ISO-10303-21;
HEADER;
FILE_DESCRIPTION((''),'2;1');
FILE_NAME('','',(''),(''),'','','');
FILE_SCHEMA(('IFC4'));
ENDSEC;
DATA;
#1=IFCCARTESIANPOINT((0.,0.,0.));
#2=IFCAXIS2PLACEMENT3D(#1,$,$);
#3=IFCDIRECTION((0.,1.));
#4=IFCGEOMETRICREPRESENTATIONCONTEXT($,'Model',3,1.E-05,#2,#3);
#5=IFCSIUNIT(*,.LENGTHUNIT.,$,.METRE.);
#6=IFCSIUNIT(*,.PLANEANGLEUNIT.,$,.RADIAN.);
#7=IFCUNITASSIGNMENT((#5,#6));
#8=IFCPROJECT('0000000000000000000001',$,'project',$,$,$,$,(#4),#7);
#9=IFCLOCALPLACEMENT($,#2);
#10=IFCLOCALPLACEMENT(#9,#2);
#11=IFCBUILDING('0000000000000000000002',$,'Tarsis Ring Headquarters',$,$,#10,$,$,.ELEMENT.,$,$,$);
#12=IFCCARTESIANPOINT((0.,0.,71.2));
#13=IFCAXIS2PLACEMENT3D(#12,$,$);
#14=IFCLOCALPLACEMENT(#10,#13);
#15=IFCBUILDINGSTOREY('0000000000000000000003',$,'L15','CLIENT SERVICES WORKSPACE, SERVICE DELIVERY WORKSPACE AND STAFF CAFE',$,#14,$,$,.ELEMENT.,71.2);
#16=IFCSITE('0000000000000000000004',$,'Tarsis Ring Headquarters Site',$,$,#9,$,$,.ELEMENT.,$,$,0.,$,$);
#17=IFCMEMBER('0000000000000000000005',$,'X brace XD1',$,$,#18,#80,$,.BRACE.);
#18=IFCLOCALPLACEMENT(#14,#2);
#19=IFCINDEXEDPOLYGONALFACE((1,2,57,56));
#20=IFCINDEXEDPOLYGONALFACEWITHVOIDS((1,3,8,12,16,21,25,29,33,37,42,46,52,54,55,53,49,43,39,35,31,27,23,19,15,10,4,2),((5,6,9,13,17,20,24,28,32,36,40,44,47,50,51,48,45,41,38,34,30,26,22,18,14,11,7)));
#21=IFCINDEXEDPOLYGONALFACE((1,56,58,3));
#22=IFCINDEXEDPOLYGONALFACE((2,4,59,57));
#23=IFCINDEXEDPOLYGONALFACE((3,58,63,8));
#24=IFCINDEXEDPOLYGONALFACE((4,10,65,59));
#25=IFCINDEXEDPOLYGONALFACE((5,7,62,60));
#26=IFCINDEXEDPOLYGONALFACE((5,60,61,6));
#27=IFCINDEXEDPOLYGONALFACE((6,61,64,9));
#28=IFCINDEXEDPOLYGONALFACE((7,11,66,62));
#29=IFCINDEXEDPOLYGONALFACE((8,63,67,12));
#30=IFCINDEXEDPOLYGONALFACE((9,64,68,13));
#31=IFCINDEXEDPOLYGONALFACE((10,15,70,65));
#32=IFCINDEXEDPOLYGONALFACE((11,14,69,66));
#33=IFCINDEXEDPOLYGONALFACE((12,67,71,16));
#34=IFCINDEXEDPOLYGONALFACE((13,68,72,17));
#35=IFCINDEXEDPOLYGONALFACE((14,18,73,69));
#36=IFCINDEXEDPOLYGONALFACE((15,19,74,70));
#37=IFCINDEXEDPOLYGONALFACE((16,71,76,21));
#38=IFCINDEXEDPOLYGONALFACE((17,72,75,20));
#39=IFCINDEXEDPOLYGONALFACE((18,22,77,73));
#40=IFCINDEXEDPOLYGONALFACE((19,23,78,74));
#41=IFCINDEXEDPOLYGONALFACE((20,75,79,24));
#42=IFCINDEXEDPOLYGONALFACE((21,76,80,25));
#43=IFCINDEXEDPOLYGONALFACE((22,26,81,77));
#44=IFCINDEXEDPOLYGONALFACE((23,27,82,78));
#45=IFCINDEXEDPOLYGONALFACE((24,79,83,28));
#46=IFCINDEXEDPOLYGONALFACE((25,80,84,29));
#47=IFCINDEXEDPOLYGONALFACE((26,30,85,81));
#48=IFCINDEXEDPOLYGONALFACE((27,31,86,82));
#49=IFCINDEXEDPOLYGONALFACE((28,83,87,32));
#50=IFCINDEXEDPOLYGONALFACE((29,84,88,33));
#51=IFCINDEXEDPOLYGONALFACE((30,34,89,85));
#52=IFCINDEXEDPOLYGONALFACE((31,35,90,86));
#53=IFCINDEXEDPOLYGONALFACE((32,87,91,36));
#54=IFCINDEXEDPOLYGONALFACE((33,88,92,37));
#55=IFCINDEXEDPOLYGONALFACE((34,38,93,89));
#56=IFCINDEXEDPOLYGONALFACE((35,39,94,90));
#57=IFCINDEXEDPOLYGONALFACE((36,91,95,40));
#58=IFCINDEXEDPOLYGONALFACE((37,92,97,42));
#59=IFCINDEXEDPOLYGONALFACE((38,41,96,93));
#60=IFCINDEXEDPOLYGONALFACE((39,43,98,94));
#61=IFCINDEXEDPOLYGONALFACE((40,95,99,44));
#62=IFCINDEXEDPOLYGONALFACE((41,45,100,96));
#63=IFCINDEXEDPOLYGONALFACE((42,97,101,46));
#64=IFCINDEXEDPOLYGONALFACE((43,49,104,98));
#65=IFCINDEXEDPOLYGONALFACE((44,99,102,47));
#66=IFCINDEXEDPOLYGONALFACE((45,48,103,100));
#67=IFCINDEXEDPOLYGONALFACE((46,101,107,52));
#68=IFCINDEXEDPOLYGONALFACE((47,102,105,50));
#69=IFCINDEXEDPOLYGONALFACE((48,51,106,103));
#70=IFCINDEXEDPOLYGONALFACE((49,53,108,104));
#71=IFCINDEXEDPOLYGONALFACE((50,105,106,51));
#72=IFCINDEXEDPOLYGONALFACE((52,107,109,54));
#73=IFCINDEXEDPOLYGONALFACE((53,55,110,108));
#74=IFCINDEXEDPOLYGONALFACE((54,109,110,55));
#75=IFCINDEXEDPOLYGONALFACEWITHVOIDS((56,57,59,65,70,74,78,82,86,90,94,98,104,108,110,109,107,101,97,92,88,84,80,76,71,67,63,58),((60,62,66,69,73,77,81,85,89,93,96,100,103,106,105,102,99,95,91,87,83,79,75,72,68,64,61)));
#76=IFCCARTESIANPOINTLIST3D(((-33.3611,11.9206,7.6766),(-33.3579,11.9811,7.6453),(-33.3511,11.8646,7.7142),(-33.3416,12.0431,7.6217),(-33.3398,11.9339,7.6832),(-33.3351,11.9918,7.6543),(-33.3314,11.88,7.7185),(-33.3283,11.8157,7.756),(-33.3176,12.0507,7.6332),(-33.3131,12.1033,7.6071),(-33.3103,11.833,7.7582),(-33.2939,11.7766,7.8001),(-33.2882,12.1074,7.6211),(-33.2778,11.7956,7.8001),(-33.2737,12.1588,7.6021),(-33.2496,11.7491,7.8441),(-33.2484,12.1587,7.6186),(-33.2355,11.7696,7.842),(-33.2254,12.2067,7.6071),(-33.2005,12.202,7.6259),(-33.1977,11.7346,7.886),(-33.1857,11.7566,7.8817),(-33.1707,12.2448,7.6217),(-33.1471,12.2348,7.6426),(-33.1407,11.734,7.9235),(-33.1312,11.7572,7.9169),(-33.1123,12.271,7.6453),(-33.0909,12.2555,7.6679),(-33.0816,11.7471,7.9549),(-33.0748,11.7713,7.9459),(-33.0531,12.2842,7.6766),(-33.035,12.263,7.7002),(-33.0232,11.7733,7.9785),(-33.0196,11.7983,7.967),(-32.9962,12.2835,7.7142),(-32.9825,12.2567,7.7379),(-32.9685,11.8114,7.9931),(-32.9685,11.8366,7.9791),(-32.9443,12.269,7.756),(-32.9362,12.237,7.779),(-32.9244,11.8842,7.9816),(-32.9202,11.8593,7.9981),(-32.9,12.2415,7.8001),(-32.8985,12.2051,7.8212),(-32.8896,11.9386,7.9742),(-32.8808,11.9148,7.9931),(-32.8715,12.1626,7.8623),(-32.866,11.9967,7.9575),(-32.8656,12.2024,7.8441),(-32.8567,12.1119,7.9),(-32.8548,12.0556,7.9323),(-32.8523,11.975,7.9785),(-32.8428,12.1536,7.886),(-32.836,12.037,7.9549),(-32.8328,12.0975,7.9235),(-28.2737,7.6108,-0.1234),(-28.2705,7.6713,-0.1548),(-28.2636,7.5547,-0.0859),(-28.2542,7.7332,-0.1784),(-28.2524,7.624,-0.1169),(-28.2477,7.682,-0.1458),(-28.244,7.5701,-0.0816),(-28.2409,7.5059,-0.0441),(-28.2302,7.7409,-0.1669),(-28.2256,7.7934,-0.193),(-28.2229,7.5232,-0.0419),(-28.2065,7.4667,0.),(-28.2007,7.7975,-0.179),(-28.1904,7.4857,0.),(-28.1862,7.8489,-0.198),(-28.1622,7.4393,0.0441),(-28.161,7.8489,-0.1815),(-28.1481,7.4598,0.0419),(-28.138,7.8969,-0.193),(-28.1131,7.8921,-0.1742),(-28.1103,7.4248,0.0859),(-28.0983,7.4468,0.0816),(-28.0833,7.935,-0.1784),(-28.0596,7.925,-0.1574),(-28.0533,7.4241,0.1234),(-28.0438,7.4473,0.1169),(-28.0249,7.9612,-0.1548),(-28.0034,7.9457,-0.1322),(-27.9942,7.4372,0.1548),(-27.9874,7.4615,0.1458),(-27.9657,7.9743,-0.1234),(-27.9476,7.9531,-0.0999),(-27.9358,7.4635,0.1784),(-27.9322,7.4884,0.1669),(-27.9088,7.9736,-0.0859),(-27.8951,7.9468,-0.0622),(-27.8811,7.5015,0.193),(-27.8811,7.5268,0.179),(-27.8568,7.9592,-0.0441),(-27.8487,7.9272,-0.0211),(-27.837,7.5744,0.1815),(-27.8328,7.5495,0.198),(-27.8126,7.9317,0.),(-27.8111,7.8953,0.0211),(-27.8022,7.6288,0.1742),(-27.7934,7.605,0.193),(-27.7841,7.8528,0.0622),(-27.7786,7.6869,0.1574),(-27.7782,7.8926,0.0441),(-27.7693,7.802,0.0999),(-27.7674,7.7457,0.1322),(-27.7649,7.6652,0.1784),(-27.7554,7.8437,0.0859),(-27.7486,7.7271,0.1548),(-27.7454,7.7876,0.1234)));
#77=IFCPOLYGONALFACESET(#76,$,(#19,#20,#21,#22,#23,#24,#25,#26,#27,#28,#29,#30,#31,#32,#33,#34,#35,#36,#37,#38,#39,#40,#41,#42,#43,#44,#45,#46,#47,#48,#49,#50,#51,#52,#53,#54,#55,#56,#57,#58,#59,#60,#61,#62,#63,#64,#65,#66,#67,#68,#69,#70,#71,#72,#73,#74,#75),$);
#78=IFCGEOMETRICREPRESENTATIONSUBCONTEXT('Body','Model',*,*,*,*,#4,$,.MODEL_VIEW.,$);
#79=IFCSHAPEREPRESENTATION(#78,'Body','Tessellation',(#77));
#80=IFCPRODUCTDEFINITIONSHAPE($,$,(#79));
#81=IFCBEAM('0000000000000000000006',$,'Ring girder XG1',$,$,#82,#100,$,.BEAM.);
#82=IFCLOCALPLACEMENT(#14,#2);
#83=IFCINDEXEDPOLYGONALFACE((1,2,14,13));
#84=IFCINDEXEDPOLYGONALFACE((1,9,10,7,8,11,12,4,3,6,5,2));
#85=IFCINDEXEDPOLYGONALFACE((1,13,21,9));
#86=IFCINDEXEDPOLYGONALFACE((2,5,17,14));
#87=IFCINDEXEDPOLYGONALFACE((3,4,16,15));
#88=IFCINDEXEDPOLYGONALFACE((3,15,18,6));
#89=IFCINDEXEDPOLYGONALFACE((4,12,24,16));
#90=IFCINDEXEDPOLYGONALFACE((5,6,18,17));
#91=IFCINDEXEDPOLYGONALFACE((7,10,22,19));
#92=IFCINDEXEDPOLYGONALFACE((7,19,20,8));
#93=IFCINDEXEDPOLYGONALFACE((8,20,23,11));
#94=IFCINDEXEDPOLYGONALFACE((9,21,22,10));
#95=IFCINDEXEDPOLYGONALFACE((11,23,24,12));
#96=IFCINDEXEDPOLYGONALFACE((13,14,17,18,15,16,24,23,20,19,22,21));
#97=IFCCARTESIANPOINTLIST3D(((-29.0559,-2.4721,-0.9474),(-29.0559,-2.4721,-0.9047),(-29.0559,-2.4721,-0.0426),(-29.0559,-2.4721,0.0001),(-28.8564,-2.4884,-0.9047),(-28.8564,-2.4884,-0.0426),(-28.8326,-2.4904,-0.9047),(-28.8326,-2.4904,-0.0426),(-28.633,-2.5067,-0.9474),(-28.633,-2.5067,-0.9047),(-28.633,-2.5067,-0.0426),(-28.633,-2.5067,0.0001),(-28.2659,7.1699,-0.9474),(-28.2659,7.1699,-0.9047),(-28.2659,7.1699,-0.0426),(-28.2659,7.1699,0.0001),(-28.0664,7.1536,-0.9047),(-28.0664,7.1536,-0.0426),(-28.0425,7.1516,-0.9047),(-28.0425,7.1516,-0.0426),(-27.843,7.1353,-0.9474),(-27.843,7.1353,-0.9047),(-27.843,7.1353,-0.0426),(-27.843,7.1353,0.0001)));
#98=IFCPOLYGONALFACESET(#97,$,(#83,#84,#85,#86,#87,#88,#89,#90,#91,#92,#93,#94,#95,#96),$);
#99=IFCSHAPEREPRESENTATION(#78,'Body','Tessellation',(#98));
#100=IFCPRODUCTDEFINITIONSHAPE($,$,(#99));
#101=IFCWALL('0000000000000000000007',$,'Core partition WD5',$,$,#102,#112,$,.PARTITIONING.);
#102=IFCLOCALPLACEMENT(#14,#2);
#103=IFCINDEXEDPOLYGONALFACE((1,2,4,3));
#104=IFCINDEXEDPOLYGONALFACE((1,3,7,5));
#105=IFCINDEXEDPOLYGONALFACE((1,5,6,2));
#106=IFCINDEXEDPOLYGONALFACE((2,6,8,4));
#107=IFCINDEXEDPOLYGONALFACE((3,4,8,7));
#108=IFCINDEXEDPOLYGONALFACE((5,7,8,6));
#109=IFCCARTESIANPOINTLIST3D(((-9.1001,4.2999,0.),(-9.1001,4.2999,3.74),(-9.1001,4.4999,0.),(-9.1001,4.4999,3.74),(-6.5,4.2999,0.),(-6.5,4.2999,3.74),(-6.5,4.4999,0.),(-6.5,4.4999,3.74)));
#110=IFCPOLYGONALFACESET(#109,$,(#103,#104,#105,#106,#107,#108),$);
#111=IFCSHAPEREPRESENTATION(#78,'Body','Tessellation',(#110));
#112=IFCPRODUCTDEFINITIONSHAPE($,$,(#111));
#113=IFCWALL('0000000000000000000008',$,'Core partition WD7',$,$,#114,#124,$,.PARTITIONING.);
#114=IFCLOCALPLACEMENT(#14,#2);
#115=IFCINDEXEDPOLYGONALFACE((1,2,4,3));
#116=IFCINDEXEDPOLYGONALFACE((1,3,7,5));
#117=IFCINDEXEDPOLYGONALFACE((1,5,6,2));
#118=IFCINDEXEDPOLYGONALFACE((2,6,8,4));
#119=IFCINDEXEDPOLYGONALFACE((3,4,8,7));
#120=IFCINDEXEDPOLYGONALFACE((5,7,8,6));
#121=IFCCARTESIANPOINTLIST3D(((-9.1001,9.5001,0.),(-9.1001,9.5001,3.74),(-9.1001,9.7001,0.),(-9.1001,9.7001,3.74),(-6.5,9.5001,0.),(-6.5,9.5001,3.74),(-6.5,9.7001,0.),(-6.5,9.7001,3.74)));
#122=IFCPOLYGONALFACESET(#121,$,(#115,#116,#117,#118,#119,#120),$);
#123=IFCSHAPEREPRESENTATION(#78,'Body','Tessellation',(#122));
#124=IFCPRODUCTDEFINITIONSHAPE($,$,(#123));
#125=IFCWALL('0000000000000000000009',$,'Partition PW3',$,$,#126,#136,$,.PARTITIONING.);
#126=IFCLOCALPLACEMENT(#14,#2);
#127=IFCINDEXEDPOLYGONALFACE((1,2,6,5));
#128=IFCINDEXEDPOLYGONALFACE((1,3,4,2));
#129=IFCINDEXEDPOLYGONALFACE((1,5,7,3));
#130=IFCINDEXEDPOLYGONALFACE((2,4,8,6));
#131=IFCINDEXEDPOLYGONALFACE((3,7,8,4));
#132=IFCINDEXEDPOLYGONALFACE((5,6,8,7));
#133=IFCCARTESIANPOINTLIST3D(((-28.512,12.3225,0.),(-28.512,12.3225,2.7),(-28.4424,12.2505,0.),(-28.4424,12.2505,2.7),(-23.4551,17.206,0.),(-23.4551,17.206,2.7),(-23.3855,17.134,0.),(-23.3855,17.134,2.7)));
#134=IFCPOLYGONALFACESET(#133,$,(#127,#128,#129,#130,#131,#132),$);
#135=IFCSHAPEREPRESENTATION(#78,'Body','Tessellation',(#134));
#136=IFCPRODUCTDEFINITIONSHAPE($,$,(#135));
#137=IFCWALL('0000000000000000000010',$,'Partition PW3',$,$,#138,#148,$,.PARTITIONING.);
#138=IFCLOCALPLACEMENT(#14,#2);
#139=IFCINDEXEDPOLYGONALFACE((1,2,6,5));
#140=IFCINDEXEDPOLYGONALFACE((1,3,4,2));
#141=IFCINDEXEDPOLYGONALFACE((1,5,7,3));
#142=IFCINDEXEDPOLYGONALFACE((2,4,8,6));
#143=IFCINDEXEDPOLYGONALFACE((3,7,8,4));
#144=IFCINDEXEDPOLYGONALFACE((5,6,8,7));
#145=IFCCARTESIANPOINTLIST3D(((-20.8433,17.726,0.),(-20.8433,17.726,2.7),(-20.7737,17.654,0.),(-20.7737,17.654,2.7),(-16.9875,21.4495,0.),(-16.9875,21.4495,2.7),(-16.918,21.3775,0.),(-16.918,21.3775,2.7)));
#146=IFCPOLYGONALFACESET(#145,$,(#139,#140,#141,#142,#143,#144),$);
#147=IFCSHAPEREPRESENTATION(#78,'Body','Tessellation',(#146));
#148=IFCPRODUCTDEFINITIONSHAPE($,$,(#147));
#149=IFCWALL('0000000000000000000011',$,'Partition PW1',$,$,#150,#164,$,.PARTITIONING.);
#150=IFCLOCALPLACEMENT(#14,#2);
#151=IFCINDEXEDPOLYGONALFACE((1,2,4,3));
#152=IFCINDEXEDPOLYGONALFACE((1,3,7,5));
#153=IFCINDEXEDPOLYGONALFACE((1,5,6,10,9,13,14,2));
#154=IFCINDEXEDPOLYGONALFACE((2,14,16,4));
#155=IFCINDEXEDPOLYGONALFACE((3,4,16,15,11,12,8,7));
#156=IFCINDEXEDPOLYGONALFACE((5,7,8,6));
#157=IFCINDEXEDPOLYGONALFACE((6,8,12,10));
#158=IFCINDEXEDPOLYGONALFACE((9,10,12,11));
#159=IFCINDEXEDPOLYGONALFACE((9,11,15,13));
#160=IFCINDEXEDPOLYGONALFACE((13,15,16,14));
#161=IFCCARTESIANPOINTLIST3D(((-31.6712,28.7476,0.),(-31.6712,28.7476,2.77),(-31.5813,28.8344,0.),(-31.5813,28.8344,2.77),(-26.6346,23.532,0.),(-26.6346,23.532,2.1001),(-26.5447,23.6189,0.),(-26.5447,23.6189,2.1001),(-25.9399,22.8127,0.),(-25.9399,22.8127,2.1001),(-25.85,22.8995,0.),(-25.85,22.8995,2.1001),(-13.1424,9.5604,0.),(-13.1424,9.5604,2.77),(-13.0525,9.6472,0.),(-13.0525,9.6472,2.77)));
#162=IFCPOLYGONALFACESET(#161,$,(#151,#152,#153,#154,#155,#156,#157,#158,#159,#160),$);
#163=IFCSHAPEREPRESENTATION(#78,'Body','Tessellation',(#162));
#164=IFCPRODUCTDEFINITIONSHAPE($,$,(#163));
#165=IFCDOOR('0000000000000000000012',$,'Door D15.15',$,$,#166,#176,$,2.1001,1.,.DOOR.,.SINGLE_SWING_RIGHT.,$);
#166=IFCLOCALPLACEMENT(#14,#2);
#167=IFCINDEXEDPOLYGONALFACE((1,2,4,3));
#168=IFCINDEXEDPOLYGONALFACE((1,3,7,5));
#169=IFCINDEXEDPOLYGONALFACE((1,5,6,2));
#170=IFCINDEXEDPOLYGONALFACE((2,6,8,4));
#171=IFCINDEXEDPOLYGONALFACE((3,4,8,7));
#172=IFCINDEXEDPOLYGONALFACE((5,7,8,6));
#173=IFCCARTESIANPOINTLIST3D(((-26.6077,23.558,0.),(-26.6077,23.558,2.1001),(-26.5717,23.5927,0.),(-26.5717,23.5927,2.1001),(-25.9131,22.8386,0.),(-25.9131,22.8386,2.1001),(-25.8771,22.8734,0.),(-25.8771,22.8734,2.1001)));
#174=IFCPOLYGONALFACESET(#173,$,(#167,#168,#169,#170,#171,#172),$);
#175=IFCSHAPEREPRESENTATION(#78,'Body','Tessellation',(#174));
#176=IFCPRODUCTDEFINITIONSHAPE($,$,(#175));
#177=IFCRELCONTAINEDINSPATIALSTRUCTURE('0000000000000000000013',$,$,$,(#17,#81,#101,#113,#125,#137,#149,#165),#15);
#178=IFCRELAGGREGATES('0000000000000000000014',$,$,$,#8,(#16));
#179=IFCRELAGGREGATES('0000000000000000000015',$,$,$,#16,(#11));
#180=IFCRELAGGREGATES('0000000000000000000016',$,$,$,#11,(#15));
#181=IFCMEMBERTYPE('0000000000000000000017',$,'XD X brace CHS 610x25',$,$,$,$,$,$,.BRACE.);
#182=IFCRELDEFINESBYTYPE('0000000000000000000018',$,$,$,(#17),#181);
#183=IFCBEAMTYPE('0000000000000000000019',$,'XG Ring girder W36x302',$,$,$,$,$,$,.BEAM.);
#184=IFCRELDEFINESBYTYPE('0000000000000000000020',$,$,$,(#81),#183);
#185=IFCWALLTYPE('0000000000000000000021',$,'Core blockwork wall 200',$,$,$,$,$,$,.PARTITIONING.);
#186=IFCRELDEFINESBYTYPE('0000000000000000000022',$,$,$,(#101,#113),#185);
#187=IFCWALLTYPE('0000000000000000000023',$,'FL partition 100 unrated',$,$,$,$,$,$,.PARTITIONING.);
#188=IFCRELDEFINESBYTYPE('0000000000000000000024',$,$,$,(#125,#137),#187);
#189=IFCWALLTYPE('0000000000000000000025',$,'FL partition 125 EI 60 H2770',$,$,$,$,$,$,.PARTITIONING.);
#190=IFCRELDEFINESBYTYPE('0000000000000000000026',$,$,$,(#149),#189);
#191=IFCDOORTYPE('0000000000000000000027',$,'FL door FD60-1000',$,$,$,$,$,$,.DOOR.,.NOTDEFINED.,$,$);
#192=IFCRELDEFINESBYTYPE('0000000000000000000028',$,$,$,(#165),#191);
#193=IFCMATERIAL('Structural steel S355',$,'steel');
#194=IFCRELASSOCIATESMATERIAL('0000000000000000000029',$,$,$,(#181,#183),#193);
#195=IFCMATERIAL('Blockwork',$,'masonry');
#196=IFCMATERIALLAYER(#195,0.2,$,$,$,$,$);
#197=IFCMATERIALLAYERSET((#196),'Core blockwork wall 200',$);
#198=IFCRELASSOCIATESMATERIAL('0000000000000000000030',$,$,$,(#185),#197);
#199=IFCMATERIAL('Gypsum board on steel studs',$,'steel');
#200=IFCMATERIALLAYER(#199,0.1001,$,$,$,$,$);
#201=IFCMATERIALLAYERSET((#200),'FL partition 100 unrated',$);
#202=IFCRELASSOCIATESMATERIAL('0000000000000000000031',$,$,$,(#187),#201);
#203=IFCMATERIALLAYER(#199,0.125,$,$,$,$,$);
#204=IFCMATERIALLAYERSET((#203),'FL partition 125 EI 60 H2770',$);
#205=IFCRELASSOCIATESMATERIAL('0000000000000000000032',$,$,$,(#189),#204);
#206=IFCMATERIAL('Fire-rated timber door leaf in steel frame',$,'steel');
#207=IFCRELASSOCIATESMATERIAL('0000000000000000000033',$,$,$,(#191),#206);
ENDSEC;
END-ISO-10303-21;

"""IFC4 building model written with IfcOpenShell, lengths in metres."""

from ifc_helpers import new_model, si_unit, direction, frame, frame_2d, origin, origin_2d, place, context, subcontext, project, spatial, rectangle, hollow_circle, i_section, extrude, material, layer, layer_set, material_profile, profile_set, type_object, element, fill, save


model = new_model("IFC4")

# Units and contexts
model_context = context("Model", 3, precision=1e-05, world=origin(), true_north=direction((0.0, 1.0)))
body_context = subcontext(model_context, "Body", "Model", "MODEL_VIEW")
ifc_project = project(units=[si_unit("LENGTHUNIT", "METRE"), si_unit("PLANEANGLEUNIT", "RADIAN")], contexts=[model_context])

# Site, building, storey
site_placement = place(None, origin())
site = spatial("IfcSite", under=ifc_project, at=site_placement, Name="Tarsis Ring Headquarters Site", CompositionType="ELEMENT", RefElevation=0.0)
building_placement = place(site_placement, origin())
building = spatial("IfcBuilding", under=site, at=building_placement, Name="Tarsis Ring Headquarters", CompositionType="ELEMENT")
storey_placement = place(building_placement, frame((0.0, 0.0, 71.2)))
storey = spatial("IfcBuildingStorey", under=building, at=storey_placement, Name="L15", Description="CLIENT SERVICES WORKSPACE, SERVICE DELIVERY WORKSPACE AND STAFF CAFE", CompositionType="ELEMENT", Elevation=71.2)

# Shared definitions
ifc_material_1 = material(Name="Structural steel S355", Category="steel")

# Member
ifc_material_profile_1 = material_profile(ifc_material_1, hollow_circle(Radius=0.3047, WallThickness=0.0249, at=origin_2d()), Name="CHS 610x25")
ifc_profile_set_1 = profile_set([ifc_material_profile_1], Name="Structural steel S355")
member_type = type_object("IfcMemberType", Name="XD X brace CHS 610x25", PredefinedType="BRACE", material=ifc_profile_set_1)
member_placement = place(storey_placement, frame((-28.0095, 7.6992, 0.0), z_axis=(-0.495779, 0.420001, 0.760133), x_axis=(-0.646387, -0.76301, 0.0)))
element("IfcMember", 1, at=member_placement, inside=storey, type_object=member_type, Name="X brace XD1", PredefinedType="BRACE", context=body_context, shape_type="SweptSolid", body=[
    extrude(hollow_circle(Radius=0.3047, WallThickness=0.0249, at=origin_2d()), origin(), (0.0, 0.0, 1.0), 10.2615),
])

# Beam
ifc_material_profile_2 = material_profile(ifc_material_1, i_section(OverallWidth=0.4243, OverallDepth=0.9475, WebThickness=0.0239, FlangeThickness=0.0427, at=origin_2d()), Name="W36x302")
ifc_profile_set_2 = profile_set([ifc_material_profile_2], Name="Structural steel S355")
beam_type_1 = type_object("IfcBeamType", Name="XG Ring girder W36x302", PredefinedType="BEAM", material=ifc_profile_set_2)
beam_1_placement = place(storey_placement, frame((-28.0544, 7.1526, -0.4736), z_axis=(-0.081663, -0.99666, 0.0), x_axis=(0.99666, -0.081663, 0.0)))
element("IfcBeam", 2, at=beam_1_placement, inside=storey, type_object=beam_type_1, Name="Ring girder XG1", PredefinedType="BEAM", context=body_context, shape_type="SweptSolid", body=[
    extrude(i_section(OverallWidth=0.4243, OverallDepth=0.9475, WebThickness=0.0239, FlangeThickness=0.0427, at=origin_2d()), origin(), (0.0, 0.0, 1.0), 9.6743),
])

# Walls
ifc_material_2 = material(Name="Blockwork", Category="masonry")
ifc_layer_1 = layer(ifc_material_2, 0.2)
ifc_layer_set_1 = layer_set([ifc_layer_1], Name="Core blockwork wall 200")
wall_type_1 = type_object("IfcWallType", Name="Core blockwork wall 200", PredefinedType="PARTITIONING", material=ifc_layer_set_1)
for number, where, z_axis, x_axis, name in (
    (3, (-9.1001, 4.3999, 0.0), (0.0, 0.0, 1.0), (1.0, 0.0, 0.0), "Core partition WD5"),
    (4, (-9.1001, 9.6001, 0.0), (0.0, 0.0, 1.0), (1.0, 0.0, 0.0), "Core partition WD7"),
):
    element("IfcWall", number, at=place(storey_placement, frame(where, z_axis=z_axis, x_axis=x_axis)), inside=storey, type_object=wall_type_1, Name=name, PredefinedType="PARTITIONING", context=body_context, shape_type="SweptSolid", body=[
        extrude(rectangle(XDim=2.6001, YDim=0.2, at=frame_2d((1.3, 0.0))), origin(), (0.0, 0.0, 1.0), 3.74),
    ])
ifc_material_3 = material(Name="Gypsum board on steel studs", Category="steel")
ifc_layer_2 = layer(ifc_material_3, 0.1001)
ifc_layer_set_2 = layer_set([ifc_layer_2], Name="FL partition 100 unrated")
wall_type_2 = type_object("IfcWallType", Name="FL partition 100 unrated", PredefinedType="PARTITIONING", material=ifc_layer_set_2)
wall_1_placement = place(storey_placement, frame((-28.4773, 12.2864, 0.0), z_axis=(0.0, 0.0, 1.0), x_axis=(0.719328, 0.694671, 0.0)))
element("IfcWall", 5, at=wall_1_placement, inside=storey, type_object=wall_type_2, Name="Partition PW3", PredefinedType="PARTITIONING", context=body_context, shape_type="SweptSolid", body=[
    extrude(rectangle(XDim=7.03, YDim=0.1001, at=frame_2d((3.5151, 0.0))), origin(), (0.0, 0.0, 1.0), 2.7),
])
wall_2_placement = place(storey_placement, frame((-20.8086, 17.6899, 0.0), z_axis=(0.0, 0.0, 1.0), x_axis=(0.719343, 0.694655, 0.0)))
element("IfcWall", 6, at=wall_2_placement, inside=storey, type_object=wall_type_2, Name="Partition PW3", PredefinedType="PARTITIONING", context=body_context, shape_type="SweptSolid", body=[
    extrude(rectangle(XDim=5.3601, YDim=0.1001, at=frame_2d((2.6802, 0.0))), origin(), (0.0, 0.0, 1.0), 2.7),
])

# Wall, opening, door
ifc_layer_3 = layer(ifc_material_3, 0.125)
ifc_layer_set_3 = layer_set([ifc_layer_3], Name="FL partition 125 EI 60 H2770")
wall_type_3 = type_object("IfcWallType", Name="FL partition 125 EI 60 H2770", PredefinedType="PARTITIONING", material=ifc_layer_set_3)
wall_3_placement = place(storey_placement, frame((-31.6262, 28.791, 0.0), z_axis=(0.0, 0.0, 1.0), x_axis=(0.694656, -0.719342, 0.0)))
wall_3 = element("IfcWall", 7, at=wall_3_placement, inside=storey, type_object=wall_type_3, Name="Partition PW1", PredefinedType="PARTITIONING", context=body_context, shape_type="SweptSolid", body=[
    extrude(rectangle(XDim=26.6733, YDim=0.125, at=frame_2d((13.3367, 0.0))), origin(), (0.0, 0.0, 1.0), 2.77),
])
opening_1_placement = place(wall_3_placement, frame((7.2505, 0.0, 0.0)))
opening_1 = element("IfcOpeningElement", 8, at=opening_1_placement, cuts=wall_3, PredefinedType="OPENING", context=body_context, shape_type="SweptSolid", body=[
    extrude(rectangle(XDim=1.0, YDim=2.1001, at=frame_2d((0.5, 1.05))), frame((0.0, 0.0725, 0.0), z_axis=(0.0, -1.0, 0.0), x_axis=(1.0, 0.0, 0.0)), (0.0, 0.0, 1.0), 0.145),
])
ifc_material_4 = material(Name="Fire-rated timber door leaf in steel frame", Category="steel")
door_type_1 = type_object("IfcDoorType", Name="FL door FD60-1000", OperationType="NOTDEFINED", PredefinedType="DOOR", material=ifc_material_4)
door_1_placement = place(opening_1_placement, origin())
door_1 = element("IfcDoor", 9, at=door_1_placement, inside=storey, type_object=door_type_1, Name="Door D15.15", OperationType="SINGLE_SWING_RIGHT", OverallHeight=2.1001, OverallWidth=1.0, PredefinedType="DOOR", context=body_context, shape_type="SweptSolid", body=[
    extrude(rectangle(XDim=1.0, YDim=2.1001, at=frame_2d((0.5, 1.05))), frame((0.0, 0.0249, 0.0), z_axis=(0.0, -1.0, 0.0), x_axis=(1.0, 0.0, 0.0)), (0.0, 0.0, 1.0), 0.05),
])
fill(opening_1, door_1)

save(model, "model.ifc")
